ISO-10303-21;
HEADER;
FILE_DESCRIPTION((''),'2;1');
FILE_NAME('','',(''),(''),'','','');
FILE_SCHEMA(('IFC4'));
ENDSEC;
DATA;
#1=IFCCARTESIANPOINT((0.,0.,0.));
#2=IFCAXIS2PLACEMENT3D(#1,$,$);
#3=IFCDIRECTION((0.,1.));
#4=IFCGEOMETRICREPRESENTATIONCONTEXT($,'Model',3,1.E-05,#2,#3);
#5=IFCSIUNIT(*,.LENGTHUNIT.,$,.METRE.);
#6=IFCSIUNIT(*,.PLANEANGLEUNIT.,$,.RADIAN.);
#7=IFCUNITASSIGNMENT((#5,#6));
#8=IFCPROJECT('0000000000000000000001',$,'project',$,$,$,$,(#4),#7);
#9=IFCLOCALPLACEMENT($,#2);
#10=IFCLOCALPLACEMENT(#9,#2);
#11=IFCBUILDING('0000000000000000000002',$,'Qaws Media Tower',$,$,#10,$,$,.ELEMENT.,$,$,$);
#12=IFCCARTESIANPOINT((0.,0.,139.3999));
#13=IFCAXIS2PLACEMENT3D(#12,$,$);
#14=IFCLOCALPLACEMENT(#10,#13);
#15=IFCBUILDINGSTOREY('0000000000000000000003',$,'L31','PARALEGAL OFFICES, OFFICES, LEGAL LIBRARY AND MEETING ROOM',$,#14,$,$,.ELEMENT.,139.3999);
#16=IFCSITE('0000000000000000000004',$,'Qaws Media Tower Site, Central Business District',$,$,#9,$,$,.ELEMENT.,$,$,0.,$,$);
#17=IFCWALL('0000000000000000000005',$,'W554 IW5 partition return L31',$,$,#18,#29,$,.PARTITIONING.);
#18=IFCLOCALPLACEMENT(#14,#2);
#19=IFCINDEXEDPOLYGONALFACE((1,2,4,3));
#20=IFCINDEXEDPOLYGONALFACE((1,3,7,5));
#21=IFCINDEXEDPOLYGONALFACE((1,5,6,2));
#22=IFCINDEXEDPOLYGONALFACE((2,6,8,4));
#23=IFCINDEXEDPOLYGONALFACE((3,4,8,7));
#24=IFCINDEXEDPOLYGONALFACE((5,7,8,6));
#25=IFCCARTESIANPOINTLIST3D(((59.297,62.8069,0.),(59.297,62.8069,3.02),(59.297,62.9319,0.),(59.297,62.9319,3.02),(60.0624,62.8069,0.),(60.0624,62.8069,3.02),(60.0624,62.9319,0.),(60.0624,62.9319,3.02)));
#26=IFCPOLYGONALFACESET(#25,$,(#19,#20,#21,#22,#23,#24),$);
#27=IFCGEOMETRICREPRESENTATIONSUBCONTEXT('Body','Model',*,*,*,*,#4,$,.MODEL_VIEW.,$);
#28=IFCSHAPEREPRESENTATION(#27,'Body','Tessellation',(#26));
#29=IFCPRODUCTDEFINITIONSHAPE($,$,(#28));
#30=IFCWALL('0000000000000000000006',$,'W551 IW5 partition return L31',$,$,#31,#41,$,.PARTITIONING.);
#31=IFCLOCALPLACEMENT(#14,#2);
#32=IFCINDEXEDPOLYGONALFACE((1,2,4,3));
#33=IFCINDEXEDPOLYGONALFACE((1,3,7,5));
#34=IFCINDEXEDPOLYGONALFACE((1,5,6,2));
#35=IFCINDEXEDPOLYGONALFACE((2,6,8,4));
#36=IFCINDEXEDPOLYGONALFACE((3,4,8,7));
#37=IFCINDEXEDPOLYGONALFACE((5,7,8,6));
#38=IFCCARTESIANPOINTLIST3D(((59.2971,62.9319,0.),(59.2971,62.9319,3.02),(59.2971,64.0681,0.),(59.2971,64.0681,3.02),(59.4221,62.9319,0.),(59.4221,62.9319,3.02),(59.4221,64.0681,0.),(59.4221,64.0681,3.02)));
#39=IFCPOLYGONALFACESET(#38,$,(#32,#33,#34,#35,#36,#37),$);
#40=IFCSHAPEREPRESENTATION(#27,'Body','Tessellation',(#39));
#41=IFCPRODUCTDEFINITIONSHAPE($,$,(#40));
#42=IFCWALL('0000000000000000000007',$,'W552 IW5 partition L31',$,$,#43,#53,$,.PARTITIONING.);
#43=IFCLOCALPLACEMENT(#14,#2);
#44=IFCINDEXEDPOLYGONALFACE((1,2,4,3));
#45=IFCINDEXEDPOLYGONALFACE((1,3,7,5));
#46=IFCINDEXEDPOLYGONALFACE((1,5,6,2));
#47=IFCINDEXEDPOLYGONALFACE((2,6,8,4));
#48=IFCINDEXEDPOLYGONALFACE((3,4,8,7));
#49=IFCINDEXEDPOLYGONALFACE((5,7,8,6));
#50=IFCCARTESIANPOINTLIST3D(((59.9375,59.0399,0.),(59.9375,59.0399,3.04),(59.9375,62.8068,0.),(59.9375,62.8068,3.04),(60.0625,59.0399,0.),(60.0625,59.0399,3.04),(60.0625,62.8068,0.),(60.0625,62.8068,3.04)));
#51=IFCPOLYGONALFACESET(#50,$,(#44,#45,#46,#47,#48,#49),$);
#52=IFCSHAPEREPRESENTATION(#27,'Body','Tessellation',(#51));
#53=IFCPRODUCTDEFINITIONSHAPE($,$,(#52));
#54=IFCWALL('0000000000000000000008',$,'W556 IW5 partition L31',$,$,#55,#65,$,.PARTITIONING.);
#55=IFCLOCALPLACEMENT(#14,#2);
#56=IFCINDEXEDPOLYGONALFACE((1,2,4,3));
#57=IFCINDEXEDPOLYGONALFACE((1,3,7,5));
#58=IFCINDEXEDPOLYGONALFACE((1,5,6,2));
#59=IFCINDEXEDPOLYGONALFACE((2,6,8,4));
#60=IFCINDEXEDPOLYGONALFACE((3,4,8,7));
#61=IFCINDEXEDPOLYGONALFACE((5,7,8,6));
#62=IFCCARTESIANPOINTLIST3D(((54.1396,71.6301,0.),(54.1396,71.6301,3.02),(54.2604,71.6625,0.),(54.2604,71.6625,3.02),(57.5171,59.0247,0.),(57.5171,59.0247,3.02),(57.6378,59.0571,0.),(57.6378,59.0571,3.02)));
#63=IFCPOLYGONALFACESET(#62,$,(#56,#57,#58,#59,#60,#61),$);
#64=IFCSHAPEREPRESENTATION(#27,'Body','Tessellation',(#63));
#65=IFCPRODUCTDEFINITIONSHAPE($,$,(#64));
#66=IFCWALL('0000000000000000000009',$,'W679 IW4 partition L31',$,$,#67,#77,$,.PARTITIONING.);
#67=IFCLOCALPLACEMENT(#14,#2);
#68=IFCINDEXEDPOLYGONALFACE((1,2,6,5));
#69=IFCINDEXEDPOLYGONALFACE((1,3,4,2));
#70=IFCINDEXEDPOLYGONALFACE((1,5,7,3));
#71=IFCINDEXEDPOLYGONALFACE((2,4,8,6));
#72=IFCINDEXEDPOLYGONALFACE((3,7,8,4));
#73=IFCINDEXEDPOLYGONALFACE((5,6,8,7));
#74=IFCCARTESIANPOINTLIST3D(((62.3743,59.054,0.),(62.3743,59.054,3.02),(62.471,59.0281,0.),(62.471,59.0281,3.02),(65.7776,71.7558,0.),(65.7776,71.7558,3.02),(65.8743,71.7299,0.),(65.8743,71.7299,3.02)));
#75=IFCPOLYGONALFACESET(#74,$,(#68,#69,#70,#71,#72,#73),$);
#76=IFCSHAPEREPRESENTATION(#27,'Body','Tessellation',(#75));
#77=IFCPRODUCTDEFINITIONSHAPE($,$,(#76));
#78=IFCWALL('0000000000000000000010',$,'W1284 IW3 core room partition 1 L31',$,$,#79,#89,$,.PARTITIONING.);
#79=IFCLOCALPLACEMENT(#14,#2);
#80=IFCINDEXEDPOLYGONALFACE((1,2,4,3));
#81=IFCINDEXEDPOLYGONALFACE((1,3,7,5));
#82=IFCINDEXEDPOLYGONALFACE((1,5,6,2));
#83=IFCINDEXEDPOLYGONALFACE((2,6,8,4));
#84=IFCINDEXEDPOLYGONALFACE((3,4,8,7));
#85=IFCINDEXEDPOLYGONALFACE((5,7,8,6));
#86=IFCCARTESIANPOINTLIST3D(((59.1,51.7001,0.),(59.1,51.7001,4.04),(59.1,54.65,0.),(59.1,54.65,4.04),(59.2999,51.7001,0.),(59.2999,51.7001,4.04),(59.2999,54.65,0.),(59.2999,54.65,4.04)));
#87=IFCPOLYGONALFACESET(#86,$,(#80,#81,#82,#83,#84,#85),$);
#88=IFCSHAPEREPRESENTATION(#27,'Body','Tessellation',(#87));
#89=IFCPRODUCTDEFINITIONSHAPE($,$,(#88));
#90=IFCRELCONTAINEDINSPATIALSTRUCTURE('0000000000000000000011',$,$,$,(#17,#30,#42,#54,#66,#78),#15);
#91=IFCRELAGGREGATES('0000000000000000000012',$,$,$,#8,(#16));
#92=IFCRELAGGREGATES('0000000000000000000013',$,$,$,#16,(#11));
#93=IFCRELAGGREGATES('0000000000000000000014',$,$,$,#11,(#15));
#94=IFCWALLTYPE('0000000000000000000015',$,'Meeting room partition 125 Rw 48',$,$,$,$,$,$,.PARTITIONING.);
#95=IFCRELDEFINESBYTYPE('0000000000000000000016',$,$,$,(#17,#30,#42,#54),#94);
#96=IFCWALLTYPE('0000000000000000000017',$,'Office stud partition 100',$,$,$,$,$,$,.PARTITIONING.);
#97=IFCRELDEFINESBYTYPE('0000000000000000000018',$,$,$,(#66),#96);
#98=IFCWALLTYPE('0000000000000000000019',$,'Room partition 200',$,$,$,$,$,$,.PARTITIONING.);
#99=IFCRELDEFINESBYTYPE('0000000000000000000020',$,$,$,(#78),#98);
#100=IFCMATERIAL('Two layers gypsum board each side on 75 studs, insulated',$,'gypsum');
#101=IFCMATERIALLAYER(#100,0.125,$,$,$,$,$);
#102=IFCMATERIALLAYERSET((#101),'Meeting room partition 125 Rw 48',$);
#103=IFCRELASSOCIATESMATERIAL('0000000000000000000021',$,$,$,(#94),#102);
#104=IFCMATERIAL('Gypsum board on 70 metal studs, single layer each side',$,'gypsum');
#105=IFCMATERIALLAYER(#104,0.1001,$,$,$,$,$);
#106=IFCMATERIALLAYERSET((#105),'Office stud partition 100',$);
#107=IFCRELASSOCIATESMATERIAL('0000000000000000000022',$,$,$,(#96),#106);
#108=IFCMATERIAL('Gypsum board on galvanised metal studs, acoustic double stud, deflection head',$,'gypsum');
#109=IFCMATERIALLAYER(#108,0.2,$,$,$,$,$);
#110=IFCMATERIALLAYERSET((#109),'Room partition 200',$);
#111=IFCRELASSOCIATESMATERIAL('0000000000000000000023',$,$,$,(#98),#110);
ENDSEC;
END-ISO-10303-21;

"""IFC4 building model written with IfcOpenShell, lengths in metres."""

from ifc_helpers import new_model, si_unit, direction, frame, frame_2d, origin, place, context, subcontext, project, spatial, rectangle, extrude, material, layer, layer_set, type_object, element, save


model = new_model("IFC4")

# Units and contexts
model_context = context("Model", 3, precision=1e-05, world=origin(), true_north=direction((0.0, 1.0)))
body_context = subcontext(model_context, "Body", "Model", "MODEL_VIEW")
ifc_project = project(units=[si_unit("LENGTHUNIT", "METRE"), si_unit("PLANEANGLEUNIT", "RADIAN")], contexts=[model_context])

# Site, building, storey
site_placement = place(None, origin())
site = spatial("IfcSite", under=ifc_project, at=site_placement, Name="Qaws Media Tower Site, Central Business District", CompositionType="ELEMENT", RefElevation=0.0)
building_placement = place(site_placement, origin())
building = spatial("IfcBuilding", under=site, at=building_placement, Name="Qaws Media Tower", CompositionType="ELEMENT")
storey_placement = place(building_placement, frame((0.0, 0.0, 139.3999)))
storey = spatial("IfcBuildingStorey", under=building, at=storey_placement, Name="L31", Description="PARALEGAL OFFICES, OFFICES, LEGAL LIBRARY AND MEETING ROOM", CompositionType="ELEMENT", Elevation=139.3999)

# Walls
ifc_material_1 = material(Name="Two layers gypsum board each side on 75 studs, insulated", Category="gypsum")
ifc_layer_1 = layer(ifc_material_1, 0.125)
ifc_layer_set_1 = layer_set([ifc_layer_1], Name="Meeting room partition 125 Rw 48")
wall_type_1 = type_object("IfcWallType", Name="Meeting room partition 125 Rw 48", PredefinedType="PARTITIONING", material=ifc_layer_set_1)
wall_1_placement = place(storey_placement, frame((60.0625, 62.8694, 0.0), z_axis=(0.0, 0.0, 1.0), x_axis=(-1.0, 0.0, 0.0)))
element("IfcWall", 1, at=wall_1_placement, inside=storey, type_object=wall_type_1, Name="W554 IW5 partition return L31", PredefinedType="PARTITIONING", context=body_context, shape_type="SweptSolid", body=[
    extrude(rectangle(XDim=0.7654, YDim=0.125, at=frame_2d((0.3828, 0.0))), origin(), (0.0, 0.0, 1.0), 3.02),
])
wall_2_placement = place(storey_placement, frame((59.3596, 62.9319, 0.0), z_axis=(0.0, 0.0, 1.0), x_axis=(0.0, 1.0, 0.0)))
element("IfcWall", 2, at=wall_2_placement, inside=storey, type_object=wall_type_1, Name="W551 IW5 partition return L31", PredefinedType="PARTITIONING", context=body_context, shape_type="SweptSolid", body=[
    extrude(rectangle(XDim=1.1362, YDim=0.125, at=frame_2d((0.5681, 0.0))), origin(), (0.0, 0.0, 1.0), 3.02),
])
wall_3_placement = place(storey_placement, frame((60.0, 59.04, 0.0), z_axis=(0.0, 0.0, 1.0), x_axis=(0.0, 1.0, 0.0)))
element("IfcWall", 3, at=wall_3_placement, inside=storey, type_object=wall_type_1, Name="W552 IW5 partition L31", PredefinedType="PARTITIONING", context=body_context, shape_type="SweptSolid", body=[
    extrude(rectangle(XDim=3.7668, YDim=0.125, at=frame_2d((1.8833, 0.0))), origin(), (0.0, 0.0, 1.0), 3.04),
])
wall_4_placement = place(storey_placement, frame((57.5774, 59.041, 0.0), z_axis=(0.0, 0.0, 1.0), x_axis=(-0.258806, 0.965929, 0.0)))
element("IfcWall", 4, at=wall_4_placement, inside=storey, type_object=wall_type_1, Name="W556 IW5 partition L31", PredefinedType="PARTITIONING", context=body_context, shape_type="SweptSolid", body=[
    extrude(rectangle(XDim=13.05, YDim=0.125, at=frame_2d((6.5249, 0.0))), origin(), (0.0, 0.0, 1.0), 3.02),
])
ifc_material_2 = material(Name="Gypsum board on 70 metal studs, single layer each side", Category="gypsum")
ifc_layer_2 = layer(ifc_material_2, 0.1001)
ifc_layer_set_2 = layer_set([ifc_layer_2], Name="Office stud partition 100")
wall_type_2 = type_object("IfcWallType", Name="Office stud partition 100", PredefinedType="PARTITIONING", material=ifc_layer_set_2)
wall_5_placement = place(storey_placement, frame((62.4226, 59.041, 0.0), z_axis=(0.0, 0.0, 1.0), x_axis=(0.258809, 0.965929, 0.0)))
element("IfcWall", 5, at=wall_5_placement, inside=storey, type_object=wall_type_2, Name="W679 IW4 partition L31", PredefinedType="PARTITIONING", context=body_context, shape_type="SweptSolid", body=[
    extrude(rectangle(XDim=13.1499, YDim=0.1001, at=frame_2d((6.575, 0.0))), origin(), (0.0, 0.0, 1.0), 3.02),
])

# Shared definitions
ifc_material_3 = material(Name="Gypsum board on galvanised metal studs, acoustic double stud, deflection head", Category="gypsum")
ifc_layer_3 = layer(ifc_material_3, 0.2)
ifc_layer_set_3 = layer_set([ifc_layer_3], Name="Room partition 200")
wall_type_3 = type_object("IfcWallType", Name="Room partition 200", PredefinedType="PARTITIONING", material=ifc_layer_set_3)

# Wall
wall_6_placement = place(storey_placement, frame((59.2, 51.7, 0.0), z_axis=(0.0, 0.0, 1.0), x_axis=(0.0, 1.0, 0.0)))
element("IfcWall", 6, at=wall_6_placement, inside=storey, type_object=wall_type_3, Name="W1284 IW3 core room partition 1 L31", PredefinedType="PARTITIONING", context=body_context, shape_type="SweptSolid", body=[
    extrude(rectangle(XDim=2.95, YDim=0.2, at=frame_2d((1.4751, 0.0))), origin(), (0.0, 0.0, 1.0), 4.04),
])

save(model, "model.ifc")
